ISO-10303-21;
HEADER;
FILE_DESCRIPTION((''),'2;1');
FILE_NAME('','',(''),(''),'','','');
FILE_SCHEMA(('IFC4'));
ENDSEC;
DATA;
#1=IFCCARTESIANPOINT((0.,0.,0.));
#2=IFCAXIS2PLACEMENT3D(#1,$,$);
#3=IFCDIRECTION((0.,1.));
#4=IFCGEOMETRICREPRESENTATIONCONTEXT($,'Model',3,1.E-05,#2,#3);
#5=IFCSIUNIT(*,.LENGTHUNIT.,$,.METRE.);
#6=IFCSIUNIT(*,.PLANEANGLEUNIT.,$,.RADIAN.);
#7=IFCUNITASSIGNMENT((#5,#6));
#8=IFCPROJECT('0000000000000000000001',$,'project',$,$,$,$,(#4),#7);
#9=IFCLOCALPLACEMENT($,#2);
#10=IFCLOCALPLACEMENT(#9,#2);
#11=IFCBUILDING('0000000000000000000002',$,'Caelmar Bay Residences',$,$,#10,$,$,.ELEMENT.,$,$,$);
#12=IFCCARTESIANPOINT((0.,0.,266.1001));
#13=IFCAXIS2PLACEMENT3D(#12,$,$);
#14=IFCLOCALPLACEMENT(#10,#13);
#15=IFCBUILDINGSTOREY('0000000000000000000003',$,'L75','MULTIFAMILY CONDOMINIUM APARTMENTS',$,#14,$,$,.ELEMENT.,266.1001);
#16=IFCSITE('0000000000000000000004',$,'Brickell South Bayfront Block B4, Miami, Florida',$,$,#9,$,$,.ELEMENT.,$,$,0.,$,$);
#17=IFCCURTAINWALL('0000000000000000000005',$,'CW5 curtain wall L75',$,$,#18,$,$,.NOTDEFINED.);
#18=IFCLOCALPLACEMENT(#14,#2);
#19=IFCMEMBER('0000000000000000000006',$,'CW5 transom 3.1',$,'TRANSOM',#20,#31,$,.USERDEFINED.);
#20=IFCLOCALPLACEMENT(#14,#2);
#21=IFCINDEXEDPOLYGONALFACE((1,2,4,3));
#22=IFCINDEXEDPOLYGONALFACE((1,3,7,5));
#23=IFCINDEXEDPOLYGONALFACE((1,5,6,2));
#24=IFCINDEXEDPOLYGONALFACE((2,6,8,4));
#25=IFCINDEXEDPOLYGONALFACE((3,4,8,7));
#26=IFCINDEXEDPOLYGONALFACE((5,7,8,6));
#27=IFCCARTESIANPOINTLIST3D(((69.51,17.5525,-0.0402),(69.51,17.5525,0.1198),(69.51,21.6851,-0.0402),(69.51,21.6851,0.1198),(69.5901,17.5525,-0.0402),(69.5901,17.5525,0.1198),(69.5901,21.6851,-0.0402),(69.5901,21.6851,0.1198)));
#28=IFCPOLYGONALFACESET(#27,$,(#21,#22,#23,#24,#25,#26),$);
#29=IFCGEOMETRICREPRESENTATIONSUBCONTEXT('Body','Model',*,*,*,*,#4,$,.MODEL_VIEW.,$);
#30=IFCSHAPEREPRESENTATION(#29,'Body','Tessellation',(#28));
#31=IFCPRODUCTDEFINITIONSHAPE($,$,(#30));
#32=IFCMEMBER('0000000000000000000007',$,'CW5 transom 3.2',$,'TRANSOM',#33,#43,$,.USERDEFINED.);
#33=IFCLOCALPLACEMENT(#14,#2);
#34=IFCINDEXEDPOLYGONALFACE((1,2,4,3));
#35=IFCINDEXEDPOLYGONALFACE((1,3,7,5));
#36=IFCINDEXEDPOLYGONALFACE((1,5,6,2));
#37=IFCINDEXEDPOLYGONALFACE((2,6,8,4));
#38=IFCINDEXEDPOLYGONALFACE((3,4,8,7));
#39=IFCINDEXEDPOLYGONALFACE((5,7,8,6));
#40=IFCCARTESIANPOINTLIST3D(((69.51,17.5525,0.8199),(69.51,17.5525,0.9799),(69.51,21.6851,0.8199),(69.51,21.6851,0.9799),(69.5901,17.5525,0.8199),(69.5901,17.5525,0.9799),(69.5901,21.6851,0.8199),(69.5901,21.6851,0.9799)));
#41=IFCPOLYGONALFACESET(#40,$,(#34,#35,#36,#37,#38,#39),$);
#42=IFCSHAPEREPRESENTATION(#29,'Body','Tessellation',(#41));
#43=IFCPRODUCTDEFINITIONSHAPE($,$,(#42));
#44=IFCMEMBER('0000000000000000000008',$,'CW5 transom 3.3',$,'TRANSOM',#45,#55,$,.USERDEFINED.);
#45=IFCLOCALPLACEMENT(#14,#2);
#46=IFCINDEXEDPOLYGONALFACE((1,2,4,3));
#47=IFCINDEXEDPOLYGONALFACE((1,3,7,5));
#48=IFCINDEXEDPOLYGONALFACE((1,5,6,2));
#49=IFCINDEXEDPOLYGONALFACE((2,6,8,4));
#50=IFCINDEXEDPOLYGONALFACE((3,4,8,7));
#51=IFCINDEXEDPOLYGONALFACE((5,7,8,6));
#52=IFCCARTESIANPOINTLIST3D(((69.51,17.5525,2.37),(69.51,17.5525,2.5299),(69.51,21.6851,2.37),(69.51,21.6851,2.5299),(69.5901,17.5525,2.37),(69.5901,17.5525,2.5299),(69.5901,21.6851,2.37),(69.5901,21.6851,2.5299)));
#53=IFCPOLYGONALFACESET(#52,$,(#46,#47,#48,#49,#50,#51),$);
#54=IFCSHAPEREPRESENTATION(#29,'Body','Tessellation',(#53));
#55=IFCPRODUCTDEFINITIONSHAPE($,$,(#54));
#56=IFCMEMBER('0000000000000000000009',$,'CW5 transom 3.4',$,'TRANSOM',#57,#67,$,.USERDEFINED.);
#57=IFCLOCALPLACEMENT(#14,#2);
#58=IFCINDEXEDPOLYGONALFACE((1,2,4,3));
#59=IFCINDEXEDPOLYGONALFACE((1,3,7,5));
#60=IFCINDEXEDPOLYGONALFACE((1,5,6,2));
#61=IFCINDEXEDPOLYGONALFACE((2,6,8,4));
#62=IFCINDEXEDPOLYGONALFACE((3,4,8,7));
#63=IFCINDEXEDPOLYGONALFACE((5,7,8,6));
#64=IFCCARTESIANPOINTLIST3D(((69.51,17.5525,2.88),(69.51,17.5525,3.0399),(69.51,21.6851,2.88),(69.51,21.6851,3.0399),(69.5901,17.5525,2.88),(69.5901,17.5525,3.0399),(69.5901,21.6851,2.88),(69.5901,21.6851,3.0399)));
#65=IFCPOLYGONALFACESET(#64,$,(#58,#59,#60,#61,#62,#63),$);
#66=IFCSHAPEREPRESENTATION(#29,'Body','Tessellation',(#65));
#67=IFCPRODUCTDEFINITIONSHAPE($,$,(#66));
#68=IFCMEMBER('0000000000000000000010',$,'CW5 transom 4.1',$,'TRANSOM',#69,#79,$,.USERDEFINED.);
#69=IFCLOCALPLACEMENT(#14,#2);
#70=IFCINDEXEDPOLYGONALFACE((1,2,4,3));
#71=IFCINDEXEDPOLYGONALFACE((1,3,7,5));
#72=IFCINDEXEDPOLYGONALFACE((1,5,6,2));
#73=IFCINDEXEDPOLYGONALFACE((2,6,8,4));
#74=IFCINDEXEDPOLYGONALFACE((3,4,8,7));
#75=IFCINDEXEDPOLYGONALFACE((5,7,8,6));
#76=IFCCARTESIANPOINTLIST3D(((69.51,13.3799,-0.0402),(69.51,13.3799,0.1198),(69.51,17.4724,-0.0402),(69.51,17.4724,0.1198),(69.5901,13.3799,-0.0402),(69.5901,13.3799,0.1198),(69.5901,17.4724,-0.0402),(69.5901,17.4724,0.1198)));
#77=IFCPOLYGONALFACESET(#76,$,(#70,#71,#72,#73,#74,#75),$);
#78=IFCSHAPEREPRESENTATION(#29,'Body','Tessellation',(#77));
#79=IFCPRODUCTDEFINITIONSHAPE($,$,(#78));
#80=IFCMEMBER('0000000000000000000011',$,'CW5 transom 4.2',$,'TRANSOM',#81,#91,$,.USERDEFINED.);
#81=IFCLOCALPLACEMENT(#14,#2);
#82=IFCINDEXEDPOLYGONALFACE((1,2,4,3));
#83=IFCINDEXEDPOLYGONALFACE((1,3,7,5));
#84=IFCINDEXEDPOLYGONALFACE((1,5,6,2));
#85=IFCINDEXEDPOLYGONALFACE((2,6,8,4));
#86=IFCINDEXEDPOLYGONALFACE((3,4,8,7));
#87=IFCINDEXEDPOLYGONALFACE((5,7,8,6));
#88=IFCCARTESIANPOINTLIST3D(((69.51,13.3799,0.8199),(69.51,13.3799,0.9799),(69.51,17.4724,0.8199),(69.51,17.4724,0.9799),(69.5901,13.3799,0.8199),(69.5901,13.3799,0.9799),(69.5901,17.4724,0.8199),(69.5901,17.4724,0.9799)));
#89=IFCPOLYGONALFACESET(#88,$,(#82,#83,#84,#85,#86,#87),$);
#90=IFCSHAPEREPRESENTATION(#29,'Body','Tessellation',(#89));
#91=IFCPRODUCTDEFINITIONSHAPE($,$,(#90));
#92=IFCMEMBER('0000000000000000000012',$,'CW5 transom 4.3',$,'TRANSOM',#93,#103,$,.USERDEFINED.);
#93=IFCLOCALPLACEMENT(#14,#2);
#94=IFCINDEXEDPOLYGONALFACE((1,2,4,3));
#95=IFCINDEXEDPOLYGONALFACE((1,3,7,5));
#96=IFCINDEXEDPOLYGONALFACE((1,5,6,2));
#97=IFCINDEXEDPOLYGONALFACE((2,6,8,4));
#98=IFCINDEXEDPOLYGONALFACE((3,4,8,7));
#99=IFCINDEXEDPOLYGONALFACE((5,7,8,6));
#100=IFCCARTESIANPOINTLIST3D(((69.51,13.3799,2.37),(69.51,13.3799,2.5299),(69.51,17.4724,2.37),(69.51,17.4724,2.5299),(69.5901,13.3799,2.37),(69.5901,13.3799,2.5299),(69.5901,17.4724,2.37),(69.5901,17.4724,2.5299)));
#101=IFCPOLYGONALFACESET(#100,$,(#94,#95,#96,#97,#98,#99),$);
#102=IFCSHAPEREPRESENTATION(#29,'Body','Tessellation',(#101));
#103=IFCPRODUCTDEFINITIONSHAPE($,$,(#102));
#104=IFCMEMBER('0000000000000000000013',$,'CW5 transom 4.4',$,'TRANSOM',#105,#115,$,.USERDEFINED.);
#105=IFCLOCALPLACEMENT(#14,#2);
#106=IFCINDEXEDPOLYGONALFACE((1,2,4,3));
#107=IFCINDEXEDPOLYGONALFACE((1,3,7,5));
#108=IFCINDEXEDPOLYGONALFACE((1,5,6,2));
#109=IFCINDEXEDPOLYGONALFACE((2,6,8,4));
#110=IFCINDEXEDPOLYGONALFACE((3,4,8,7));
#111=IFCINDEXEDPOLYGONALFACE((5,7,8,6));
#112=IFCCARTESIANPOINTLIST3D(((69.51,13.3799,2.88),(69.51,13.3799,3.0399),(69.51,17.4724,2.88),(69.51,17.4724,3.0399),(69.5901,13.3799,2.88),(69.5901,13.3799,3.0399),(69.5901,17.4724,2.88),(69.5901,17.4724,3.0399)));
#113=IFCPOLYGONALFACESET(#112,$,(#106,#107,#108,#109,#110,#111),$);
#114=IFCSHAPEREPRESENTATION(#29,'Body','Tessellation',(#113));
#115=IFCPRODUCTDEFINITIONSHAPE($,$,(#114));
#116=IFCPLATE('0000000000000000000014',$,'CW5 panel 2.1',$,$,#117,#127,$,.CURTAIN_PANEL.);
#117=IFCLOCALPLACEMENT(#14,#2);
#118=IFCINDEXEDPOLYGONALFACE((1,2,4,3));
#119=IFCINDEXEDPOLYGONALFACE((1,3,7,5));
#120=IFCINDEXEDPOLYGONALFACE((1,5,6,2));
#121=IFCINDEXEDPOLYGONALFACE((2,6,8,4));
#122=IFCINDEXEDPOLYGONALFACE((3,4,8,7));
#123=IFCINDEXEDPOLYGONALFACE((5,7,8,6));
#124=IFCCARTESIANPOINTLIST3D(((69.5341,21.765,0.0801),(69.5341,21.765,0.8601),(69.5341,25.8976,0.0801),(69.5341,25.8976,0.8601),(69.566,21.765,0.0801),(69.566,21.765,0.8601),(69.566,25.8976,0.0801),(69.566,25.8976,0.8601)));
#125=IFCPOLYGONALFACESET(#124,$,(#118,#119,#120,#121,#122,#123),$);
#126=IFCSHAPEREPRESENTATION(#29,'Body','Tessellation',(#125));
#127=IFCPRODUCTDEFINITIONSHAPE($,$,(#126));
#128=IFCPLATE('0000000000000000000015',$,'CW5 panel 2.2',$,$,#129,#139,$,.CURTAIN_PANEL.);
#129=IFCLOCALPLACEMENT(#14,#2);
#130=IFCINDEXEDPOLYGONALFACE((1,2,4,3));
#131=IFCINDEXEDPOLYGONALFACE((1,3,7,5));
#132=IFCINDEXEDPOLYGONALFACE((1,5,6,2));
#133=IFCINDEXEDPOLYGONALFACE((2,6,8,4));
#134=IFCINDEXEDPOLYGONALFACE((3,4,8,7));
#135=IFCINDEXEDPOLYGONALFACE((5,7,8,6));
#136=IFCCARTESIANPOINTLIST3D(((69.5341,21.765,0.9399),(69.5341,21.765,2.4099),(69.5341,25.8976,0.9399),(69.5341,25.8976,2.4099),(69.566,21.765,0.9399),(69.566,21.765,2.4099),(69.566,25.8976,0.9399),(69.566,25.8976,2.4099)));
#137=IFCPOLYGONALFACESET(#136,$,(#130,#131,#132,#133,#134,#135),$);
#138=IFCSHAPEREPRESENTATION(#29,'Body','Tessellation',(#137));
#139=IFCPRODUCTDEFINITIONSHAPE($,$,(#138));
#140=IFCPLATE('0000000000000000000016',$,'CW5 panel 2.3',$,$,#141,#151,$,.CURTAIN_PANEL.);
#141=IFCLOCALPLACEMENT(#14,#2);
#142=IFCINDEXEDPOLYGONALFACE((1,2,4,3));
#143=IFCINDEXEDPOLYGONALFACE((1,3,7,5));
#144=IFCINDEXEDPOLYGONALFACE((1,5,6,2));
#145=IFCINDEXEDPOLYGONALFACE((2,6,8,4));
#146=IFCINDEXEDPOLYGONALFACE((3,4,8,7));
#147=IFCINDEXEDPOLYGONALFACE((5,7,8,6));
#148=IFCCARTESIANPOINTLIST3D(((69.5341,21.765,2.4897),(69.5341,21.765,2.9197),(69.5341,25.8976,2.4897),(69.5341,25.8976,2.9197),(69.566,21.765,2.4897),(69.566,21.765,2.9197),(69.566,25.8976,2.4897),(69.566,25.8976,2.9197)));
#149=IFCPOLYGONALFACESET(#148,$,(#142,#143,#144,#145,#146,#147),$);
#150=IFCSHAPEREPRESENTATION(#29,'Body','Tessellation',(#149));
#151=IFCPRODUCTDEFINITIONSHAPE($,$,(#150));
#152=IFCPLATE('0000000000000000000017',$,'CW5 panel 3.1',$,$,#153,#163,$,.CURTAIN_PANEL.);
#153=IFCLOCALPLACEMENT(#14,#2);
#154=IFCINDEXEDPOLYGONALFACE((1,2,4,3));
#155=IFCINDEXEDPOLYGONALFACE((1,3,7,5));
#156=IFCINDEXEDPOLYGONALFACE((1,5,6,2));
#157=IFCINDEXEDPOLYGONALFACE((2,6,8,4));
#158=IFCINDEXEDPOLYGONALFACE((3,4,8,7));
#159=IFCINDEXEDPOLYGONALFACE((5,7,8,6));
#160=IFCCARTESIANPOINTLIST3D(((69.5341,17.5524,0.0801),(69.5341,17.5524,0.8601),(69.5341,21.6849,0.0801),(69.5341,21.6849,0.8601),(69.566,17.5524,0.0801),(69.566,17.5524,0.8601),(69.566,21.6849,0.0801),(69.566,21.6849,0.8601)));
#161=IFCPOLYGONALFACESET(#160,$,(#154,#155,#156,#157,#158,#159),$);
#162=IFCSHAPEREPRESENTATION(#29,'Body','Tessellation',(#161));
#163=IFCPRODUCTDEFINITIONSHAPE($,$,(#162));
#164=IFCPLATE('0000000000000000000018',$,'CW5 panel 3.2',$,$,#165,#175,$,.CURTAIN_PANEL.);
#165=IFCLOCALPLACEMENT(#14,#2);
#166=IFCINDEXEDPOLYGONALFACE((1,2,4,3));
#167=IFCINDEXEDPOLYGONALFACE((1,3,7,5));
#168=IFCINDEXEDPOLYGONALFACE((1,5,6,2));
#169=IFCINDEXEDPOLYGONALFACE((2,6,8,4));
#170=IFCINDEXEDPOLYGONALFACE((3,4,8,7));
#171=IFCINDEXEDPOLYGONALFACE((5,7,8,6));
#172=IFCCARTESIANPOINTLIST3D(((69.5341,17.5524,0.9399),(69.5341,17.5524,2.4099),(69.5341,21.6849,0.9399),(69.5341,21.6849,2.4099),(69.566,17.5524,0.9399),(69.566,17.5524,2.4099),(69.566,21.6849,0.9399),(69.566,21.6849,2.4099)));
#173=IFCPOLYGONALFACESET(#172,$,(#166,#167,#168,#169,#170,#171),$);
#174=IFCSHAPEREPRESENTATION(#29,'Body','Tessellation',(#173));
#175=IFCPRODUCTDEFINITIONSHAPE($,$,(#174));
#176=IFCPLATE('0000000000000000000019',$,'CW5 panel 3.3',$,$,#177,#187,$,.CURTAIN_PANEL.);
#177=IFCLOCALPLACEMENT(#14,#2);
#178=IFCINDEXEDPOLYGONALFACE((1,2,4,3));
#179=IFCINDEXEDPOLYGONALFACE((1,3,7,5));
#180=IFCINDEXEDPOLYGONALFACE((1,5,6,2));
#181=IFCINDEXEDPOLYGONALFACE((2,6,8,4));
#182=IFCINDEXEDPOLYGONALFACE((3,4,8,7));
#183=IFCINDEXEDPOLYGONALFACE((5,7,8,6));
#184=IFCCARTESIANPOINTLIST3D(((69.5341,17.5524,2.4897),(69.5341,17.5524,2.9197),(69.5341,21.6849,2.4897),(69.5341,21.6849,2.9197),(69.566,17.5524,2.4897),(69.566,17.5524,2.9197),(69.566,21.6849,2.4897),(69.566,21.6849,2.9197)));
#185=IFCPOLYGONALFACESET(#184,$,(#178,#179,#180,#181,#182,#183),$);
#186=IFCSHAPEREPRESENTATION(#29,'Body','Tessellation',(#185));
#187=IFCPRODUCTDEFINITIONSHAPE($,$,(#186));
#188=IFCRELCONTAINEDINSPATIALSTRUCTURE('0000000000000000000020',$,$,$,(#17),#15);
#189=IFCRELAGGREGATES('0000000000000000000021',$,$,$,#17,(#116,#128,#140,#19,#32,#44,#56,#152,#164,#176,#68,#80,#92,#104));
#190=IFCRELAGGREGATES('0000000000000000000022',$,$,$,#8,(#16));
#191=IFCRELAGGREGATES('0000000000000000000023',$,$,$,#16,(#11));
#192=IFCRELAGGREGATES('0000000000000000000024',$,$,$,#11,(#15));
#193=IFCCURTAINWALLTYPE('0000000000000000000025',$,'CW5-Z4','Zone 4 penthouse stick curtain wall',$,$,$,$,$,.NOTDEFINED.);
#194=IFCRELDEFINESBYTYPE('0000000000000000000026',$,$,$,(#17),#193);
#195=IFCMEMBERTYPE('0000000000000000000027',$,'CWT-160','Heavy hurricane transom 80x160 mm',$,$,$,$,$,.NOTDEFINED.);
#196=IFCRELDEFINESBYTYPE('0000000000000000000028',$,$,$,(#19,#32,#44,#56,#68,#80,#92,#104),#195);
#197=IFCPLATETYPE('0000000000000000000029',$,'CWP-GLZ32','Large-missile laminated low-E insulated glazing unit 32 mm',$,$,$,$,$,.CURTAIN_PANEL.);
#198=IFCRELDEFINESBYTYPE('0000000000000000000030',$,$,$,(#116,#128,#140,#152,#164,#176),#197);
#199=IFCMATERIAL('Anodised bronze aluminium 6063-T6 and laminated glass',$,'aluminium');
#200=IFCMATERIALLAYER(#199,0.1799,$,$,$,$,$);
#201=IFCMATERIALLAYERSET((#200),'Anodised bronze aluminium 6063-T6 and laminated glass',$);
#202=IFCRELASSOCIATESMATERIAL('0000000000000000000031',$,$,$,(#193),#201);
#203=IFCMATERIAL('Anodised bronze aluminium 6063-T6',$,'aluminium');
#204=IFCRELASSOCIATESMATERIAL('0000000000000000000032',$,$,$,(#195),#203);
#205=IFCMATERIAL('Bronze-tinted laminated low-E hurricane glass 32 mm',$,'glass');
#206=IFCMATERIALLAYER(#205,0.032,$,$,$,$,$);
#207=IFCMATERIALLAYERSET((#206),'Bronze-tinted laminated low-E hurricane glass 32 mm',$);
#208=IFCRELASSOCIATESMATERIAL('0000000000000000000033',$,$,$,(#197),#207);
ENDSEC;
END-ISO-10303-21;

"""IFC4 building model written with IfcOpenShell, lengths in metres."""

from ifc_helpers import new_model, si_unit, direction, frame, origin, origin_2d, place, context, subcontext, project, spatial, rectangle, extrude, material, layer, layer_set, material_profile, profile_set, type_object, element, aggregate, save


model = new_model("IFC4")

# Units and contexts
model_context = context("Model", 3, precision=1e-05, world=origin(), true_north=direction((0.0, 1.0)))
body_context = subcontext(model_context, "Body", "Model", "MODEL_VIEW")
ifc_project = project(units=[si_unit("LENGTHUNIT", "METRE"), si_unit("PLANEANGLEUNIT", "RADIAN")], contexts=[model_context])

# Site, building, storey
site_placement = place(None, origin())
site = spatial("IfcSite", under=ifc_project, at=site_placement, Name="Brickell South Bayfront Block B4, Miami, Florida", CompositionType="ELEMENT", RefElevation=0.0)
building_placement = place(site_placement, origin())
building = spatial("IfcBuilding", under=site, at=building_placement, Name="Caelmar Bay Residences", CompositionType="ELEMENT")
storey_placement = place(building_placement, frame((0.0, 0.0, 266.1001)))
storey = spatial("IfcBuildingStorey", under=building, at=storey_placement, Name="L75", Description="MULTIFAMILY CONDOMINIUM APARTMENTS", CompositionType="ELEMENT", Elevation=266.1001)

# Curtain wall, members, plates
ifc_material_1 = material(Name="Anodised bronze aluminium 6063-T6 and laminated glass", Category="aluminium")
ifc_layer_1 = layer(ifc_material_1, 0.1799)
ifc_layer_set_1 = layer_set([ifc_layer_1], Name="Anodised bronze aluminium 6063-T6 and laminated glass")
curtain_wall_type = type_object("IfcCurtainWallType", Name="CW5-Z4", Description="Zone 4 penthouse stick curtain wall", PredefinedType="NOTDEFINED", material=ifc_layer_set_1)
curtain_wall_placement = place(storey_placement, origin())
curtain_wall = element("IfcCurtainWall", 1, at=curtain_wall_placement, inside=storey, type_object=curtain_wall_type, Name="CW5 curtain wall L75", PredefinedType="NOTDEFINED")
ifc_material_2 = material(Name="Anodised bronze aluminium 6063-T6", Category="aluminium")
ifc_material_profile_1 = material_profile(ifc_material_2, rectangle(XDim=0.0801, YDim=0.1599, at=origin_2d()), Name="CWT-80X160")
ifc_profile_set_1 = profile_set([ifc_material_profile_1], Name="Anodised bronze aluminium 6063-T6")
member_type_1 = type_object("IfcMemberType", Name="CWT-160", Description="Heavy hurricane transom 80x160 mm", PredefinedType="NOTDEFINED", material=ifc_profile_set_1)
member_1_placement = place(storey_placement, frame((69.55, 21.6851, 0.0398), z_axis=(0.0, -1.0, 0.0), x_axis=(1.0, 0.0, 0.0)))
member_1 = element("IfcMember", 2, at=member_1_placement, type_object=member_type_1, Name="CW5 transom 3.1", ObjectType="TRANSOM", PredefinedType="USERDEFINED", context=body_context, shape_type="SweptSolid", body=[
    extrude(rectangle(XDim=0.0801, YDim=0.1599, at=origin_2d()), origin(), (0.0, 0.0, 1.0), 4.1326),
])
member_2_placement = place(storey_placement, frame((69.55, 21.6851, 0.8999), z_axis=(0.0, -1.0, 0.0), x_axis=(1.0, 0.0, 0.0)))
member_2 = element("IfcMember", 3, at=member_2_placement, type_object=member_type_1, Name="CW5 transom 3.2", ObjectType="TRANSOM", PredefinedType="USERDEFINED", context=body_context, shape_type="SweptSolid", body=[
    extrude(rectangle(XDim=0.0801, YDim=0.1599, at=origin_2d()), origin(), (0.0, 0.0, 1.0), 4.1326),
])
member_3_placement = place(storey_placement, frame((69.55, 21.6851, 2.45), z_axis=(0.0, -1.0, 0.0), x_axis=(1.0, 0.0, 0.0)))
member_3 = element("IfcMember", 4, at=member_3_placement, type_object=member_type_1, Name="CW5 transom 3.3", ObjectType="TRANSOM", PredefinedType="USERDEFINED", context=body_context, shape_type="SweptSolid", body=[
    extrude(rectangle(XDim=0.0801, YDim=0.1599, at=origin_2d()), origin(), (0.0, 0.0, 1.0), 4.1326),
])
member_4_placement = place(storey_placement, frame((69.55, 21.6851, 2.96), z_axis=(0.0, -1.0, 0.0), x_axis=(1.0, 0.0, 0.0)))
member_4 = element("IfcMember", 5, at=member_4_placement, type_object=member_type_1, Name="CW5 transom 3.4", ObjectType="TRANSOM", PredefinedType="USERDEFINED", context=body_context, shape_type="SweptSolid", body=[
    extrude(rectangle(XDim=0.0801, YDim=0.1599, at=origin_2d()), origin(), (0.0, 0.0, 1.0), 4.1326),
])
member_5_placement = place(storey_placement, frame((69.55, 17.4724, 0.0398), z_axis=(0.0, -1.0, 0.0), x_axis=(1.0, 0.0, 0.0)))
member_5 = element("IfcMember", 6, at=member_5_placement, type_object=member_type_1, Name="CW5 transom 4.1", ObjectType="TRANSOM", PredefinedType="USERDEFINED", context=body_context, shape_type="SweptSolid", body=[
    extrude(rectangle(XDim=0.0801, YDim=0.1599, at=origin_2d()), origin(), (0.0, 0.0, 1.0), 4.0925),
])
member_6_placement = place(storey_placement, frame((69.55, 17.4724, 0.8999), z_axis=(0.0, -1.0, 0.0), x_axis=(1.0, 0.0, 0.0)))
member_6 = element("IfcMember", 7, at=member_6_placement, type_object=member_type_1, Name="CW5 transom 4.2", ObjectType="TRANSOM", PredefinedType="USERDEFINED", context=body_context, shape_type="SweptSolid", body=[
    extrude(rectangle(XDim=0.0801, YDim=0.1599, at=origin_2d()), origin(), (0.0, 0.0, 1.0), 4.0925),
])
member_7_placement = place(storey_placement, frame((69.55, 17.4724, 2.45), z_axis=(0.0, -1.0, 0.0), x_axis=(1.0, 0.0, 0.0)))
member_7 = element("IfcMember", 8, at=member_7_placement, type_object=member_type_1, Name="CW5 transom 4.3", ObjectType="TRANSOM", PredefinedType="USERDEFINED", context=body_context, shape_type="SweptSolid", body=[
    extrude(rectangle(XDim=0.0801, YDim=0.1599, at=origin_2d()), origin(), (0.0, 0.0, 1.0), 4.0925),
])
member_8_placement = place(storey_placement, frame((69.55, 17.4724, 2.96), z_axis=(0.0, -1.0, 0.0), x_axis=(1.0, 0.0, 0.0)))
member_8 = element("IfcMember", 9, at=member_8_placement, type_object=member_type_1, Name="CW5 transom 4.4", ObjectType="TRANSOM", PredefinedType="USERDEFINED", context=body_context, shape_type="SweptSolid", body=[
    extrude(rectangle(XDim=0.0801, YDim=0.1599, at=origin_2d()), origin(), (0.0, 0.0, 1.0), 4.0925),
])
ifc_material_3 = material(Name="Bronze-tinted laminated low-E hurricane glass 32 mm", Category="glass")
ifc_layer_2 = layer(ifc_material_3, 0.032)
ifc_layer_set_2 = layer_set([ifc_layer_2], Name="Bronze-tinted laminated low-E hurricane glass 32 mm")
plate_type = type_object("IfcPlateType", Name="CWP-GLZ32", Description="Large-missile laminated low-E insulated glazing unit 32 mm", PredefinedType="CURTAIN_PANEL", material=ifc_layer_set_2)
plate_1_placement = place(storey_placement, frame((69.55, 23.8313, 0.0801), z_axis=(0.0, 0.0, 1.0), x_axis=(0.0, -1.0, 0.0)))
plate_1 = element("IfcPlate", 10, at=plate_1_placement, type_object=plate_type, Name="CW5 panel 2.1", PredefinedType="CURTAIN_PANEL", context=body_context, shape_type="SweptSolid", body=[
    extrude(rectangle(XDim=4.1326, YDim=0.032, at=origin_2d()), origin(), (0.0, 0.0, 1.0), 0.78),
])
plate_2_placement = place(storey_placement, frame((69.55, 23.8313, 0.9399), z_axis=(0.0, 0.0, 1.0), x_axis=(0.0, -1.0, 0.0)))
plate_2 = element("IfcPlate", 11, at=plate_2_placement, type_object=plate_type, Name="CW5 panel 2.2", PredefinedType="CURTAIN_PANEL", context=body_context, shape_type="SweptSolid", body=[
    extrude(rectangle(XDim=4.1326, YDim=0.032, at=origin_2d()), origin(), (0.0, 0.0, 1.0), 1.47),
])
plate_3_placement = place(storey_placement, frame((69.55, 23.8313, 2.4897), z_axis=(0.0, 0.0, 1.0), x_axis=(0.0, -1.0, 0.0)))
plate_3 = element("IfcPlate", 12, at=plate_3_placement, type_object=plate_type, Name="CW5 panel 2.3", PredefinedType="CURTAIN_PANEL", context=body_context, shape_type="SweptSolid", body=[
    extrude(rectangle(XDim=4.1326, YDim=0.032, at=origin_2d()), origin(), (0.0, 0.0, 1.0), 0.4299),
])
plate_4_placement = place(storey_placement, frame((69.55, 19.6187, 0.0801), z_axis=(0.0, 0.0, 1.0), x_axis=(0.0, -1.0, 0.0)))
plate_4 = element("IfcPlate", 13, at=plate_4_placement, type_object=plate_type, Name="CW5 panel 3.1", PredefinedType="CURTAIN_PANEL", context=body_context, shape_type="SweptSolid", body=[
    extrude(rectangle(XDim=4.1326, YDim=0.032, at=origin_2d()), origin(), (0.0, 0.0, 1.0), 0.78),
])
plate_5_placement = place(storey_placement, frame((69.55, 19.6187, 0.9399), z_axis=(0.0, 0.0, 1.0), x_axis=(0.0, -1.0, 0.0)))
plate_5 = element("IfcPlate", 14, at=plate_5_placement, type_object=plate_type, Name="CW5 panel 3.2", PredefinedType="CURTAIN_PANEL", context=body_context, shape_type="SweptSolid", body=[
    extrude(rectangle(XDim=4.1326, YDim=0.032, at=origin_2d()), origin(), (0.0, 0.0, 1.0), 1.47),
])
plate_6_placement = place(storey_placement, frame((69.55, 19.6187, 2.4897), z_axis=(0.0, 0.0, 1.0), x_axis=(0.0, -1.0, 0.0)))
plate_6 = element("IfcPlate", 15, at=plate_6_placement, type_object=plate_type, Name="CW5 panel 3.3", PredefinedType="CURTAIN_PANEL", context=body_context, shape_type="SweptSolid", body=[
    extrude(rectangle(XDim=4.1326, YDim=0.032, at=origin_2d()), origin(), (0.0, 0.0, 1.0), 0.4299),
])
aggregate(curtain_wall, [plate_1, plate_2, plate_3, member_1, member_2, member_3, member_4, plate_4, plate_5, plate_6, member_5, member_6, member_7, member_8])

save(model, "model.ifc")
